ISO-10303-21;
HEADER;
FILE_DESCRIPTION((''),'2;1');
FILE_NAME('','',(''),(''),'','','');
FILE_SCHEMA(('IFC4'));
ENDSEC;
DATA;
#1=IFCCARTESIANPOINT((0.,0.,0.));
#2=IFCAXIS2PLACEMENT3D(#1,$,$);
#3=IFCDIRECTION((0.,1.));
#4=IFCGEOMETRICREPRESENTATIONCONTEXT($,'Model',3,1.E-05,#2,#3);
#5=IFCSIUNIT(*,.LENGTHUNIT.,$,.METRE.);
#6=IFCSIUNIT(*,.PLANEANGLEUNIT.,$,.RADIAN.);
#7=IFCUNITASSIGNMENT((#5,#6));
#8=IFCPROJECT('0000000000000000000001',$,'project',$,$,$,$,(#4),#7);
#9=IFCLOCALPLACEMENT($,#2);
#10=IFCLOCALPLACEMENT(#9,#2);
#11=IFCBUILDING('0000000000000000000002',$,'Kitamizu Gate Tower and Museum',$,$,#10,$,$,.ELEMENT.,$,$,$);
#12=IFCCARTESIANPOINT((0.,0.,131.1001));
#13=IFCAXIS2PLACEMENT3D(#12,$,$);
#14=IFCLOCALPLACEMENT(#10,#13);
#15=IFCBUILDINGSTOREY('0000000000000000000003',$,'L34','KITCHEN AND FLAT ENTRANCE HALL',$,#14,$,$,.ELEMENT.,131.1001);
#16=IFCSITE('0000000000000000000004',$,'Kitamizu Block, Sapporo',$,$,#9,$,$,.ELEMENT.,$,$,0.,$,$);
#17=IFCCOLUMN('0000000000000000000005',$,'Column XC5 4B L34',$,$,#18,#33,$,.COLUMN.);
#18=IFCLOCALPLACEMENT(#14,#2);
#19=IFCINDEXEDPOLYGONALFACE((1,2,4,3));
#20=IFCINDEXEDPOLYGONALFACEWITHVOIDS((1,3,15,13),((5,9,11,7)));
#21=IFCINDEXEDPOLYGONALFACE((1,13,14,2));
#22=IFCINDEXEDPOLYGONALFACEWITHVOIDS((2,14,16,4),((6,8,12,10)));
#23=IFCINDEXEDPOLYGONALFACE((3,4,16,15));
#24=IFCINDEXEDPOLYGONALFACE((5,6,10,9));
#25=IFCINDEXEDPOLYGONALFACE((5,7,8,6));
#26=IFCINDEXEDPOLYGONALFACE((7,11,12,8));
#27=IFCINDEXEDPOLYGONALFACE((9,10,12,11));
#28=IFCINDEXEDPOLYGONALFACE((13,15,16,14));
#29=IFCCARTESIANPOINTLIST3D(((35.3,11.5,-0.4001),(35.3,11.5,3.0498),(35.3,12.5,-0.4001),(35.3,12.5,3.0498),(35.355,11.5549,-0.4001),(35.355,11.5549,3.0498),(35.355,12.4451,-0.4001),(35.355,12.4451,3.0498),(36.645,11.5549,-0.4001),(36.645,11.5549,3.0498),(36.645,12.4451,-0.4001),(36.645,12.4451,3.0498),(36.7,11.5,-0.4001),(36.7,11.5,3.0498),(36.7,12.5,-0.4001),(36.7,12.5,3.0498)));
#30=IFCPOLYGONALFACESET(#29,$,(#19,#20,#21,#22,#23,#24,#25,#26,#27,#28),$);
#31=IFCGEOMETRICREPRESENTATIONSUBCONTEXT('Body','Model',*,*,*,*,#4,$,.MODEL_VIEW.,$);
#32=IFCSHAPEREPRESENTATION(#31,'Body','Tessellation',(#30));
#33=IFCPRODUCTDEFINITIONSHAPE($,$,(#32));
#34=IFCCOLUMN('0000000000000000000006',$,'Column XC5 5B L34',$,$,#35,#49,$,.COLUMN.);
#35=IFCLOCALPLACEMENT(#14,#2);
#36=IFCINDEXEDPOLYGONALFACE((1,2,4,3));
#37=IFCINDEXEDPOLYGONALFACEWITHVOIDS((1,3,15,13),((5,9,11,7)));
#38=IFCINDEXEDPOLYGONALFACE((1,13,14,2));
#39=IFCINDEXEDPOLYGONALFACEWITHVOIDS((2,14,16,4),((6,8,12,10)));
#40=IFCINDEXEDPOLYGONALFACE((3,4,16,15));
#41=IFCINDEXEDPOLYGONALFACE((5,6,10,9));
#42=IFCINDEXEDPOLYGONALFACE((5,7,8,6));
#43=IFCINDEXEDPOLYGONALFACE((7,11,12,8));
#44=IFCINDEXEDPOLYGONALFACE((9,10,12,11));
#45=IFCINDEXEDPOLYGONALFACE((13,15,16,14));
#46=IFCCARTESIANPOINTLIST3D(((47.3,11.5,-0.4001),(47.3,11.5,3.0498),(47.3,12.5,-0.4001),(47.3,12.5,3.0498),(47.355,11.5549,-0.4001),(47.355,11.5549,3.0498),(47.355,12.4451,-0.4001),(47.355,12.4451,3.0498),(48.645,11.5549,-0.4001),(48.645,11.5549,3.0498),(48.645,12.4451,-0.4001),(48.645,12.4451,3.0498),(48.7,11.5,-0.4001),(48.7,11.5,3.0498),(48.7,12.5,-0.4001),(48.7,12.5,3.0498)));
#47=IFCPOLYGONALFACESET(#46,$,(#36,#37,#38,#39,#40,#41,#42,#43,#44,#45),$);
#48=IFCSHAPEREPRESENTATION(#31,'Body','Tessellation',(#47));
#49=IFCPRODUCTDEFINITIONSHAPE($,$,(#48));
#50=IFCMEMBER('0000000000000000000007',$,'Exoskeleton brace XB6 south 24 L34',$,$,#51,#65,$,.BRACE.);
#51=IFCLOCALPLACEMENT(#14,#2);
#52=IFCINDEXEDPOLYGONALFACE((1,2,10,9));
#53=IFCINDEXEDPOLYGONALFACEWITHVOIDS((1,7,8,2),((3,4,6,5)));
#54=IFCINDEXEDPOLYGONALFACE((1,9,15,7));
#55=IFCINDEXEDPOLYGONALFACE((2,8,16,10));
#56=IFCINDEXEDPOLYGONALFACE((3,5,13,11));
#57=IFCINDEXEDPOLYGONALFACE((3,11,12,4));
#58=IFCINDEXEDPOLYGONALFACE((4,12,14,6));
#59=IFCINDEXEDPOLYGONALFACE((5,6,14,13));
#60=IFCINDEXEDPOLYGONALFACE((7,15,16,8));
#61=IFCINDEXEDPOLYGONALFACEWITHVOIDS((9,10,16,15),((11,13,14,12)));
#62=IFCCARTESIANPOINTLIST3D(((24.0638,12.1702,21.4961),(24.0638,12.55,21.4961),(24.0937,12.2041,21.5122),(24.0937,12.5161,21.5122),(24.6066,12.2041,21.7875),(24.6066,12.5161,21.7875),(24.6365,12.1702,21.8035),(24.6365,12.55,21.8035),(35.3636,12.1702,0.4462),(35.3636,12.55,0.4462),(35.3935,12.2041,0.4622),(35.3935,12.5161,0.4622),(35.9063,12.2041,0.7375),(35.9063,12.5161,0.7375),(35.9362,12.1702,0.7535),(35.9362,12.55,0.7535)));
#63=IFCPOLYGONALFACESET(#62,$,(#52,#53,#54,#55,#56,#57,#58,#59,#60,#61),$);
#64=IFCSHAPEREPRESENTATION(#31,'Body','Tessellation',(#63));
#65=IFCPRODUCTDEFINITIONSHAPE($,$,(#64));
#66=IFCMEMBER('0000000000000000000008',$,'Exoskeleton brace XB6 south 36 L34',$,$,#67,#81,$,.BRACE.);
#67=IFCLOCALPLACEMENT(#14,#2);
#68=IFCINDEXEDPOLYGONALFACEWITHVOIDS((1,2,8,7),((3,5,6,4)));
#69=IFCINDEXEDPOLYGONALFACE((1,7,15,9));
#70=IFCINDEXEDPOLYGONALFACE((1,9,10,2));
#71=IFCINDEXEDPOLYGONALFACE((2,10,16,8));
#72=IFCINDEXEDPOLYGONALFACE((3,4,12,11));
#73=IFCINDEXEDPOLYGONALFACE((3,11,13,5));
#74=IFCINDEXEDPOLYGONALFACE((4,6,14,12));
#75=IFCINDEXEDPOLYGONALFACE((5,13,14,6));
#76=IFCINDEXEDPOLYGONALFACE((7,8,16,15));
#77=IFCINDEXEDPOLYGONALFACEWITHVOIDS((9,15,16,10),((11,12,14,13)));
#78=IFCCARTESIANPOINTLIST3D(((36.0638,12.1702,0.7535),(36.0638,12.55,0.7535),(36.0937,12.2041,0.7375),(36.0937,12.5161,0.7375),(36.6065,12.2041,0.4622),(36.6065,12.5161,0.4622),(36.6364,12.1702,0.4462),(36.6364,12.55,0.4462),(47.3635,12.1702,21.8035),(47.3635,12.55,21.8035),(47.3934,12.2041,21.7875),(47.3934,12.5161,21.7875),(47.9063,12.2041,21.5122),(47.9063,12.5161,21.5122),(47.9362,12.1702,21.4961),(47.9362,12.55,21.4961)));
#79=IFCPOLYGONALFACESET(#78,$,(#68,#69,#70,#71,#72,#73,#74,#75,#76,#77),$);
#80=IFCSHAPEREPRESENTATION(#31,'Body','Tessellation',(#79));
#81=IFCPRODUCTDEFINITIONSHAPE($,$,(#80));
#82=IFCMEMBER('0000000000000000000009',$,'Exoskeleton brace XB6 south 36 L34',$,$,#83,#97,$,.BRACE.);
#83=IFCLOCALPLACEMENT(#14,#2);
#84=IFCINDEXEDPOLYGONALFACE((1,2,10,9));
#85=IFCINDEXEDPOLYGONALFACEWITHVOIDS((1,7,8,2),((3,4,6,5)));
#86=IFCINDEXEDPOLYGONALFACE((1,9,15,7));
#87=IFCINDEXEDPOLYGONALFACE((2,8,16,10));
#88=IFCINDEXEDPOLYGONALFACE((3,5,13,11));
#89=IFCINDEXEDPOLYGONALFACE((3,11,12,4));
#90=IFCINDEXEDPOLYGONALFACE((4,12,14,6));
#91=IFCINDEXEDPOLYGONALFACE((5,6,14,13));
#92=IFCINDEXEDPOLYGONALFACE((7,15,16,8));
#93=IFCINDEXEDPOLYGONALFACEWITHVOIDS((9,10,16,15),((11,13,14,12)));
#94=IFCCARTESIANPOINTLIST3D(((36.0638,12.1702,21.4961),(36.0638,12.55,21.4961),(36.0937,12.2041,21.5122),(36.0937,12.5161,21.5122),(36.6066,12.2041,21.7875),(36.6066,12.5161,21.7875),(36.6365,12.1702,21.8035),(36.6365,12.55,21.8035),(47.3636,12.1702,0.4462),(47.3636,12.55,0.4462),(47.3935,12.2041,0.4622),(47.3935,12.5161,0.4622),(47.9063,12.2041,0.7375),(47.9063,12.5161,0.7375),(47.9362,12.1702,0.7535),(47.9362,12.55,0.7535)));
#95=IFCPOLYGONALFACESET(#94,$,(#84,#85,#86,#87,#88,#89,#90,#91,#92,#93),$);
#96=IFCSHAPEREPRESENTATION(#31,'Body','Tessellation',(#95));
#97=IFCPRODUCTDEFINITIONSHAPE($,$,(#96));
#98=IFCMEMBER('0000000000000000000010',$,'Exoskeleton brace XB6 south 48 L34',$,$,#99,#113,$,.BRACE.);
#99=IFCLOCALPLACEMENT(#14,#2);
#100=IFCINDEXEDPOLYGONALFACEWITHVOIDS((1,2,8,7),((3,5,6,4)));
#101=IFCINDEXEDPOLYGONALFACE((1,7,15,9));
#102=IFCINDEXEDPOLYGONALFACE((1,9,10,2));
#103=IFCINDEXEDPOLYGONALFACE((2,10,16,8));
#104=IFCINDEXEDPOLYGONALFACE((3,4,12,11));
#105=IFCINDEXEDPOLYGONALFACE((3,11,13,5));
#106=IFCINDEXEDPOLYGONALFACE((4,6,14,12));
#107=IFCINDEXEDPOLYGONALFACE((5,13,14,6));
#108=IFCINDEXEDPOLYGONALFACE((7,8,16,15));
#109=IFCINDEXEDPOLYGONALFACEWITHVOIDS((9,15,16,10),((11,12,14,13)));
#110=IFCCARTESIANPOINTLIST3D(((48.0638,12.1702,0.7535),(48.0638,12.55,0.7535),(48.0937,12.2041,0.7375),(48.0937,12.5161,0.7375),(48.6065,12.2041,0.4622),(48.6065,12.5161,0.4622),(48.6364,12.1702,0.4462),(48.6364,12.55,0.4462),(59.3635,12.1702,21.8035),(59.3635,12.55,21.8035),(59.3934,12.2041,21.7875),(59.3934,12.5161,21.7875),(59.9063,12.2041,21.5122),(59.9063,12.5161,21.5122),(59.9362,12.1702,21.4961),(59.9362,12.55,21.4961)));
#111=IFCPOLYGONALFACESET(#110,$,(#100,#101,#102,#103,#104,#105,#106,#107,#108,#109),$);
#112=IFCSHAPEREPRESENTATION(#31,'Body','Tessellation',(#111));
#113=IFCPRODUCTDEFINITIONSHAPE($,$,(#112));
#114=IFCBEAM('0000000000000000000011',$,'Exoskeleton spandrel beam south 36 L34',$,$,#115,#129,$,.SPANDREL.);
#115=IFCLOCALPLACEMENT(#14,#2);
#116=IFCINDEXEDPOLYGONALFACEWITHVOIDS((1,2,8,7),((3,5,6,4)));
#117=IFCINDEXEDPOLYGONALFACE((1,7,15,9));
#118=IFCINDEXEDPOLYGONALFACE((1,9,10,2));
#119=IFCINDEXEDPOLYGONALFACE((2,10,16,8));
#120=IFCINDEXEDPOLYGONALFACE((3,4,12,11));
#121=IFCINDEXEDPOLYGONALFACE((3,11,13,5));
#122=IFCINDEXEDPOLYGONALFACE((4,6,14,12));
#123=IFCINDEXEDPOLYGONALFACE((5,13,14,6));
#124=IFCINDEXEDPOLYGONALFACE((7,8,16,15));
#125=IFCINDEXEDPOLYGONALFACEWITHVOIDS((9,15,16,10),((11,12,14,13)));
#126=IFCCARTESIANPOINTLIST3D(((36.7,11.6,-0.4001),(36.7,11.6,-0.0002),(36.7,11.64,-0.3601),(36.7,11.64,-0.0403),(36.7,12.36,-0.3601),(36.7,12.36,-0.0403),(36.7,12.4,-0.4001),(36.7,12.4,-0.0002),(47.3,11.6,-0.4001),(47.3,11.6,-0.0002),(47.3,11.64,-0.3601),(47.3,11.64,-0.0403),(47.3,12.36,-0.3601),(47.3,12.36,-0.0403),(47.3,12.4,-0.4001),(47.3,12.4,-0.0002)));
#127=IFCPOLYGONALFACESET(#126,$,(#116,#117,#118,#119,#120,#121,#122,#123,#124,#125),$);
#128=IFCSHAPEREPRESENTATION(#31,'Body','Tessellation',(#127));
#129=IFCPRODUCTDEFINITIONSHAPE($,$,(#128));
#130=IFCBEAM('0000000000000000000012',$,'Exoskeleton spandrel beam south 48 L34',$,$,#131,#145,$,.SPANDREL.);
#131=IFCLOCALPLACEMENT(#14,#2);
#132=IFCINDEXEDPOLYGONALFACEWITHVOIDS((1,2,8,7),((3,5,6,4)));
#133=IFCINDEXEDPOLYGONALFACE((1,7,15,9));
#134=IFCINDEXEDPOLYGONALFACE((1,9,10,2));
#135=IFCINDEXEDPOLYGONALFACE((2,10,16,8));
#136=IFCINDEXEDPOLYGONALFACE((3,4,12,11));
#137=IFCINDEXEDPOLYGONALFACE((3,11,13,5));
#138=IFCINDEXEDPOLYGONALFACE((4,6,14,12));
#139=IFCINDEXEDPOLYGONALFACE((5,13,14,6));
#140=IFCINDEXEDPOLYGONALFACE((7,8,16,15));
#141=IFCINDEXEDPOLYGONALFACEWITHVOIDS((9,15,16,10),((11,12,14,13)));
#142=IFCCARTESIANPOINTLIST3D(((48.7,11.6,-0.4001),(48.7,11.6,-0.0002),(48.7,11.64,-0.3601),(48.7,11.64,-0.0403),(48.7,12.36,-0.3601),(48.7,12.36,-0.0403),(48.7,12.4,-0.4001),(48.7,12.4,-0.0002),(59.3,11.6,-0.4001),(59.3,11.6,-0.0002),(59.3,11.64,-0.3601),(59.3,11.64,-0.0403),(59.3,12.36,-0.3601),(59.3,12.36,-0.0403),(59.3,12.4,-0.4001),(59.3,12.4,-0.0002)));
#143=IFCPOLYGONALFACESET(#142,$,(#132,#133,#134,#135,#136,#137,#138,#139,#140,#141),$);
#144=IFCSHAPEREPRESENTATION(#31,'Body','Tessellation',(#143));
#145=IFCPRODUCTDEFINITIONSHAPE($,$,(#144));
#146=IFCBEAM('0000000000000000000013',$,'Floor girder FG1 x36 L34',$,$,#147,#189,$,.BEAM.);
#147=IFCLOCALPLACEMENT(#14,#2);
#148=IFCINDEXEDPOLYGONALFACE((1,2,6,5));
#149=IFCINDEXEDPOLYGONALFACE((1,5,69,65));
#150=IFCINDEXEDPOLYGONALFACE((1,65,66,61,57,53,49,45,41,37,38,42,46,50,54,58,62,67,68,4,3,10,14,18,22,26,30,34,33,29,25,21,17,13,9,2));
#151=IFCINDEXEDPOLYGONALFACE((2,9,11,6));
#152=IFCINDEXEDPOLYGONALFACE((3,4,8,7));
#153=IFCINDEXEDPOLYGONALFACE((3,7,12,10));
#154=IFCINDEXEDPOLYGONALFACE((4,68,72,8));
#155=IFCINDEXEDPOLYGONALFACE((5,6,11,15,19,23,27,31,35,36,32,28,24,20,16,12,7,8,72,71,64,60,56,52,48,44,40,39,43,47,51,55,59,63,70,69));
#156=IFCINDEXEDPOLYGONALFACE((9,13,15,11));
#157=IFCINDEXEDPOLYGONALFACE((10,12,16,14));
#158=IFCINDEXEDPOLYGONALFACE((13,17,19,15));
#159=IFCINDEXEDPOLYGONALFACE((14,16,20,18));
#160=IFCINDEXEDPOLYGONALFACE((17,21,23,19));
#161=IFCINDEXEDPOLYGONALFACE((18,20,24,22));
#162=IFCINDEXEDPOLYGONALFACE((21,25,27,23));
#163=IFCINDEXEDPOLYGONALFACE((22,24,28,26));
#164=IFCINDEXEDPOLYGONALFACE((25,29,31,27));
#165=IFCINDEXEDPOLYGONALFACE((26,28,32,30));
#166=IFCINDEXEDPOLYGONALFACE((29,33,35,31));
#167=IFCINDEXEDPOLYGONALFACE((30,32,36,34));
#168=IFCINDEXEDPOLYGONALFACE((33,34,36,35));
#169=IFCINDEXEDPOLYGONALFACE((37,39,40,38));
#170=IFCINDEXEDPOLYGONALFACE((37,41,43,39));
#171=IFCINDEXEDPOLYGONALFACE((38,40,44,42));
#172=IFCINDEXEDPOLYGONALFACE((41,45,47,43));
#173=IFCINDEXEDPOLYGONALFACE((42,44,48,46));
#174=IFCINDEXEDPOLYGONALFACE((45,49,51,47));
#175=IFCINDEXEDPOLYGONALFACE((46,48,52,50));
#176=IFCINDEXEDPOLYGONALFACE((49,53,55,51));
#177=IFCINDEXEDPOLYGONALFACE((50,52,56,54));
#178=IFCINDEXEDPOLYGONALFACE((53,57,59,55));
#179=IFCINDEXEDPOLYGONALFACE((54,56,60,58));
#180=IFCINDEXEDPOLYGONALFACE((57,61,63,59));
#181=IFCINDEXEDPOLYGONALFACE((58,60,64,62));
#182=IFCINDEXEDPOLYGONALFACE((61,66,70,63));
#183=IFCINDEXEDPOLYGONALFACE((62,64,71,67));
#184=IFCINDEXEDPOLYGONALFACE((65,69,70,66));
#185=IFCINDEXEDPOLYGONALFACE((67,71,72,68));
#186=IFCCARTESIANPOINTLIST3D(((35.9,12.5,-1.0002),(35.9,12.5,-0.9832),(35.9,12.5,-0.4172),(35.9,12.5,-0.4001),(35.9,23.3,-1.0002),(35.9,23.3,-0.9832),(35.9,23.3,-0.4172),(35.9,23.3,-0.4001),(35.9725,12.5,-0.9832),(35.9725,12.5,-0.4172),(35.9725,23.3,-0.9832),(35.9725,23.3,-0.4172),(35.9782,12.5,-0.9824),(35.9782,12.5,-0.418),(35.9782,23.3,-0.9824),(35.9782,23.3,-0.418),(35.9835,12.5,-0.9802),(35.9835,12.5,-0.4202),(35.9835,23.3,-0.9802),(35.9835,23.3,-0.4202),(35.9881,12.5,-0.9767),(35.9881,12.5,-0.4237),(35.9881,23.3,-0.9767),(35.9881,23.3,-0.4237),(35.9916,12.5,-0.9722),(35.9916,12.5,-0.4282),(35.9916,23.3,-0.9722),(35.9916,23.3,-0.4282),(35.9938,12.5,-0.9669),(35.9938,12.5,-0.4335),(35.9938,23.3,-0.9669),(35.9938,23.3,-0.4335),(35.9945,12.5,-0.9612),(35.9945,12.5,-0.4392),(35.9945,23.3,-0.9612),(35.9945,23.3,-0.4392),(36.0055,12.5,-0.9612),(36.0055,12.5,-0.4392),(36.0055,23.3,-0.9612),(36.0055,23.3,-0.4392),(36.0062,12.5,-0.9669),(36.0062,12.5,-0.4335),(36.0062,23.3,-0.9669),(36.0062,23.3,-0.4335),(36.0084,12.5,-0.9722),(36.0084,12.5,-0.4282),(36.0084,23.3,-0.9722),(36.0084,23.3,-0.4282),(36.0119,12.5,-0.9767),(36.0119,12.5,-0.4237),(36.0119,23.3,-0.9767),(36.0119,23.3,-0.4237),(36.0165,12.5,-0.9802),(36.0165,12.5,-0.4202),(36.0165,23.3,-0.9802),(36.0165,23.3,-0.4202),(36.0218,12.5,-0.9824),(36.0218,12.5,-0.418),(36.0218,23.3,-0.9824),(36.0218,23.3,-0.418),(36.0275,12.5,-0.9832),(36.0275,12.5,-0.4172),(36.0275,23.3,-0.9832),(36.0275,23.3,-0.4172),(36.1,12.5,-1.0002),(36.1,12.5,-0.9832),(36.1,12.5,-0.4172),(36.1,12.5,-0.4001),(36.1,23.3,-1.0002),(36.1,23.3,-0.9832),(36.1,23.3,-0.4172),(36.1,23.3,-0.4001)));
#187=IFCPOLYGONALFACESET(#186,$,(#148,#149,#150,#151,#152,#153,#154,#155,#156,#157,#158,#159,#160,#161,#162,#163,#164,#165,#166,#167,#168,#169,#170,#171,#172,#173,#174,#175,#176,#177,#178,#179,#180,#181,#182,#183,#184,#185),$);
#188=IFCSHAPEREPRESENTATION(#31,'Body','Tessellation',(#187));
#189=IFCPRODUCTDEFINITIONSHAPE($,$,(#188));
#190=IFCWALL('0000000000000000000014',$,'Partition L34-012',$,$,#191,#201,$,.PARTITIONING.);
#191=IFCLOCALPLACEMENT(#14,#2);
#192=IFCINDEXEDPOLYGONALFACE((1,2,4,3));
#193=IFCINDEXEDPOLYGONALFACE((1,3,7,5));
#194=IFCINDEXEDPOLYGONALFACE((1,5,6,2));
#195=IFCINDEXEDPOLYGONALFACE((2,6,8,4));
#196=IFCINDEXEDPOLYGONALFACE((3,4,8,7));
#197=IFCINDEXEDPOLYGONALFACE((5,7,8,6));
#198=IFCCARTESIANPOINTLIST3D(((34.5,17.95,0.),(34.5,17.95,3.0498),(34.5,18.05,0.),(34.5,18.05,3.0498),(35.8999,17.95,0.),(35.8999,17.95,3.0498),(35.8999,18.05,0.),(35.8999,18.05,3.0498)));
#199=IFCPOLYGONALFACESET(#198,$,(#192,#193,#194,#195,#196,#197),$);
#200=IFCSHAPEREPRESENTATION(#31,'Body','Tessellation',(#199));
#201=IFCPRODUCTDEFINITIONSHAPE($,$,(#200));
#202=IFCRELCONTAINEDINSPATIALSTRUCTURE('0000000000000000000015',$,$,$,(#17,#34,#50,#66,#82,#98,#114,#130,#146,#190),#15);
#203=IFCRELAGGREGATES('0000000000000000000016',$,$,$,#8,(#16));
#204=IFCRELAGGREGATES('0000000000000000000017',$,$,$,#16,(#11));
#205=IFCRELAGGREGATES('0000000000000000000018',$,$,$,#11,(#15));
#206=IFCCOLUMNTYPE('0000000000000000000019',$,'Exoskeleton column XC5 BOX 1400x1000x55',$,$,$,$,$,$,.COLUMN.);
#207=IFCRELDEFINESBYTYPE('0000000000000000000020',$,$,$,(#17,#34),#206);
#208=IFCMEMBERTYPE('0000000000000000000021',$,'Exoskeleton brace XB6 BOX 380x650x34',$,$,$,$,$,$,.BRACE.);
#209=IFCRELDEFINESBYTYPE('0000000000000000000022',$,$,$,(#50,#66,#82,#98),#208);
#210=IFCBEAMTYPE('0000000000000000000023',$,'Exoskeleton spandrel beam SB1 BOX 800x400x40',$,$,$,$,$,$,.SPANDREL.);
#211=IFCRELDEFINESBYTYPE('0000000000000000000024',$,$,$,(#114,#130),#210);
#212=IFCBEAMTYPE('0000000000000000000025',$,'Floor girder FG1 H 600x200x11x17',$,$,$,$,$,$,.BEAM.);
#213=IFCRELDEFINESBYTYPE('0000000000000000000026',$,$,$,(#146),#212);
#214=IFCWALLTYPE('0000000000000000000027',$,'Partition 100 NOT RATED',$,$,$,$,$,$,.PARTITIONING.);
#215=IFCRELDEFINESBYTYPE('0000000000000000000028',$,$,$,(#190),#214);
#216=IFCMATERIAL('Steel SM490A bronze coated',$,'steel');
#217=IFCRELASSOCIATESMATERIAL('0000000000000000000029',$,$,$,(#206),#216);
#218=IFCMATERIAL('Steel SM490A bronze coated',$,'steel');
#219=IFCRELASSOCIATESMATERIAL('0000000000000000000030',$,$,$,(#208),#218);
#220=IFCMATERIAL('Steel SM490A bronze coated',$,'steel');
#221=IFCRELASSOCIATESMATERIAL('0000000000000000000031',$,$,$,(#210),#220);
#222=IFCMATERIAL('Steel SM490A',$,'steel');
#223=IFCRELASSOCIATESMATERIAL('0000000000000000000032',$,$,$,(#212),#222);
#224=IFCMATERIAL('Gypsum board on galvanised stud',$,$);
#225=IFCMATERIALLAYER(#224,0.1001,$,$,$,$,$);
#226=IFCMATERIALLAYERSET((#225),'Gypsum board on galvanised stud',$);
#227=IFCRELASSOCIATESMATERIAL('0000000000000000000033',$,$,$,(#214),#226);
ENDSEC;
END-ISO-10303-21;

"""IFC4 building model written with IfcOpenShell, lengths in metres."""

from ifc_helpers import new_model, si_unit, direction, frame, frame_2d, origin, origin_2d, place, context, subcontext, project, spatial, rectangle, hollow_rectangle, i_section, extrude, material, layer, layer_set, material_profile, profile_set, type_object, element, save


model = new_model("IFC4")

# Units and contexts
model_context = context("Model", 3, precision=1e-05, world=origin(), true_north=direction((0.0, 1.0)))
body_context = subcontext(model_context, "Body", "Model", "MODEL_VIEW")
ifc_project = project(units=[si_unit("LENGTHUNIT", "METRE"), si_unit("PLANEANGLEUNIT", "RADIAN")], contexts=[model_context])

# Site, building, storey
site_placement = place(None, origin())
site = spatial("IfcSite", under=ifc_project, at=site_placement, Name="Kitamizu Block, Sapporo", CompositionType="ELEMENT", RefElevation=0.0)
building_placement = place(site_placement, origin())
building = spatial("IfcBuilding", under=site, at=building_placement, Name="Kitamizu Gate Tower and Museum", CompositionType="ELEMENT")
storey_placement = place(building_placement, frame((0.0, 0.0, 131.1001)))
storey = spatial("IfcBuildingStorey", under=building, at=storey_placement, Name="L34", Description="KITCHEN AND FLAT ENTRANCE HALL", CompositionType="ELEMENT", Elevation=131.1001)

# Columns
ifc_material_1 = material(Name="Steel SM490A bronze coated", Category="steel")
ifc_material_profile_1 = material_profile(ifc_material_1, hollow_rectangle(XDim=1.3999, YDim=1.0, WallThickness=0.0549, at=origin_2d()), Name="BOX 1400x1000x55")
ifc_profile_set_1 = profile_set([ifc_material_profile_1], Name="Steel SM490A bronze coated")
column_type = type_object("IfcColumnType", Name="Exoskeleton column XC5 BOX 1400x1000x55", PredefinedType="COLUMN", material=ifc_profile_set_1)
for number, where, z_axis, x_axis, name in (
    (1, (36.0, 12.0, -0.4001), (0.0, 0.0, 1.0), (1.0, 0.0, 0.0), "Column XC5 4B L34"),
    (2, (48.0, 12.0, -0.4001), (0.0, 0.0, 1.0), (1.0, 0.0, 0.0), "Column XC5 5B L34"),
):
    element("IfcColumn", number, at=place(storey_placement, frame(where, z_axis=z_axis, x_axis=x_axis)), inside=storey, type_object=column_type, Name=name, PredefinedType="COLUMN", context=body_context, shape_type="SweptSolid", body=[
        extrude(hollow_rectangle(XDim=1.3999, YDim=1.0, WallThickness=0.0549, at=origin_2d()), origin(), (0.0, 0.0, 1.0), 3.45),
    ])

# Members
ifc_material_2 = material(Name="Steel SM490A bronze coated", Category="steel")
ifc_material_profile_2 = material_profile(ifc_material_2, hollow_rectangle(XDim=0.3799, YDim=0.6499, WallThickness=0.0339, at=origin_2d()), Name="BOX 380x650x34")
ifc_profile_set_2 = profile_set([ifc_material_profile_2], Name="Steel SM490A bronze coated")
member_type = type_object("IfcMemberType", Name="Exoskeleton brace XB6 BOX 380x650x34", PredefinedType="BRACE", material=ifc_profile_set_2)
for number, where, z_axis, x_axis, name in (
    (3, (35.6499, 12.3601, 0.5999), (-0.472969, 0.0, 0.881079), (0.0, -1.0, 0.0), "Exoskeleton brace XB6 south 24 L34"),
    (4, (36.3501, 12.3601, 0.5999), (0.472969, 0.0, 0.881079), (0.0, 1.0, 0.0), "Exoskeleton brace XB6 south 36 L34"),
    (5, (47.6499, 12.3601, 0.5999), (-0.472969, 0.0, 0.881079), (0.0, -1.0, 0.0), "Exoskeleton brace XB6 south 36 L34"),
    (6, (48.3501, 12.3601, 0.5999), (0.472969, 0.0, 0.881079), (0.0, 1.0, 0.0), "Exoskeleton brace XB6 south 48 L34"),
):
    element("IfcMember", number, at=place(storey_placement, frame(where, z_axis=z_axis, x_axis=x_axis)), inside=storey, type_object=member_type, Name=name, PredefinedType="BRACE", context=body_context, shape_type="SweptSolid", body=[
        extrude(hollow_rectangle(XDim=0.3799, YDim=0.6499, WallThickness=0.0339, at=origin_2d()), origin(), (0.0, 0.0, 1.0), 23.8911),
    ])

# Beams
ifc_material_3 = material(Name="Steel SM490A bronze coated", Category="steel")
ifc_material_profile_3 = material_profile(ifc_material_3, hollow_rectangle(XDim=0.8, YDim=0.3999, WallThickness=0.04, at=origin_2d()), Name="BOX 800x400x40")
ifc_profile_set_3 = profile_set([ifc_material_profile_3], Name="Steel SM490A bronze coated")
beam_type_1 = type_object("IfcBeamType", Name="Exoskeleton spandrel beam SB1 BOX 800x400x40", PredefinedType="SPANDREL", material=ifc_profile_set_3)
for number, where, z_axis, x_axis, name in (
    (7, (36.7, 12.0, -0.2002), (1.0, 0.0, 0.0), (0.0, 1.0, 0.0), "Exoskeleton spandrel beam south 36 L34"),
    (8, (48.7, 12.0, -0.2002), (1.0, 0.0, 0.0), (0.0, 1.0, 0.0), "Exoskeleton spandrel beam south 48 L34"),
):
    element("IfcBeam", number, at=place(storey_placement, frame(where, z_axis=z_axis, x_axis=x_axis)), inside=storey, type_object=beam_type_1, Name=name, PredefinedType="SPANDREL", context=body_context, shape_type="SweptSolid", body=[
        extrude(hollow_rectangle(XDim=0.8, YDim=0.3999, WallThickness=0.04, at=origin_2d()), origin(), (0.0, 0.0, 1.0), 10.6001),
    ])
ifc_material_4 = material(Name="Steel SM490A", Category="steel")
ifc_material_profile_4 = material_profile(ifc_material_4, i_section(OverallWidth=0.2, OverallDepth=0.6001, WebThickness=0.011, FlangeThickness=0.0171, FilletRadius=0.022, at=origin_2d()), Name="H-600x200x11x17")
ifc_profile_set_4 = profile_set([ifc_material_profile_4], Name="Steel SM490A")
beam_type_2 = type_object("IfcBeamType", Name="Floor girder FG1 H 600x200x11x17", PredefinedType="BEAM", material=ifc_profile_set_4)
beam_placement = place(storey_placement, frame((36.0, 12.5, -0.7002), z_axis=(0.0, 1.0, 0.0), x_axis=(-1.0, 0.0, 0.0)))
element("IfcBeam", 9, at=beam_placement, inside=storey, type_object=beam_type_2, Name="Floor girder FG1 x36 L34", PredefinedType="BEAM", context=body_context, shape_type="SweptSolid", body=[
    extrude(i_section(OverallWidth=0.2, OverallDepth=0.6001, WebThickness=0.011, FlangeThickness=0.0171, FilletRadius=0.022, at=origin_2d()), origin(), (0.0, 0.0, 1.0), 10.8),
])

# Wall
ifc_material_5 = material(Name="Gypsum board on galvanised stud")
ifc_layer_1 = layer(ifc_material_5, 0.1001)
ifc_layer_set_1 = layer_set([ifc_layer_1], Name="Gypsum board on galvanised stud")
wall_type_1 = type_object("IfcWallType", Name="Partition 100 NOT RATED", PredefinedType="PARTITIONING", material=ifc_layer_set_1)
wall_1_placement = place(storey_placement, frame((35.8999, 18.0, 0.0), z_axis=(0.0, 0.0, 1.0), x_axis=(-1.0, 0.0, 0.0)))
element("IfcWall", 10, at=wall_1_placement, inside=storey, type_object=wall_type_1, Name="Partition L34-012", PredefinedType="PARTITIONING", context=body_context, shape_type="SweptSolid", body=[
    extrude(rectangle(XDim=1.3999, YDim=0.1001, at=frame_2d((0.7, 0.0))), origin(), (0.0, 0.0, 1.0), 3.0498),
])

save(model, "model.ifc")
